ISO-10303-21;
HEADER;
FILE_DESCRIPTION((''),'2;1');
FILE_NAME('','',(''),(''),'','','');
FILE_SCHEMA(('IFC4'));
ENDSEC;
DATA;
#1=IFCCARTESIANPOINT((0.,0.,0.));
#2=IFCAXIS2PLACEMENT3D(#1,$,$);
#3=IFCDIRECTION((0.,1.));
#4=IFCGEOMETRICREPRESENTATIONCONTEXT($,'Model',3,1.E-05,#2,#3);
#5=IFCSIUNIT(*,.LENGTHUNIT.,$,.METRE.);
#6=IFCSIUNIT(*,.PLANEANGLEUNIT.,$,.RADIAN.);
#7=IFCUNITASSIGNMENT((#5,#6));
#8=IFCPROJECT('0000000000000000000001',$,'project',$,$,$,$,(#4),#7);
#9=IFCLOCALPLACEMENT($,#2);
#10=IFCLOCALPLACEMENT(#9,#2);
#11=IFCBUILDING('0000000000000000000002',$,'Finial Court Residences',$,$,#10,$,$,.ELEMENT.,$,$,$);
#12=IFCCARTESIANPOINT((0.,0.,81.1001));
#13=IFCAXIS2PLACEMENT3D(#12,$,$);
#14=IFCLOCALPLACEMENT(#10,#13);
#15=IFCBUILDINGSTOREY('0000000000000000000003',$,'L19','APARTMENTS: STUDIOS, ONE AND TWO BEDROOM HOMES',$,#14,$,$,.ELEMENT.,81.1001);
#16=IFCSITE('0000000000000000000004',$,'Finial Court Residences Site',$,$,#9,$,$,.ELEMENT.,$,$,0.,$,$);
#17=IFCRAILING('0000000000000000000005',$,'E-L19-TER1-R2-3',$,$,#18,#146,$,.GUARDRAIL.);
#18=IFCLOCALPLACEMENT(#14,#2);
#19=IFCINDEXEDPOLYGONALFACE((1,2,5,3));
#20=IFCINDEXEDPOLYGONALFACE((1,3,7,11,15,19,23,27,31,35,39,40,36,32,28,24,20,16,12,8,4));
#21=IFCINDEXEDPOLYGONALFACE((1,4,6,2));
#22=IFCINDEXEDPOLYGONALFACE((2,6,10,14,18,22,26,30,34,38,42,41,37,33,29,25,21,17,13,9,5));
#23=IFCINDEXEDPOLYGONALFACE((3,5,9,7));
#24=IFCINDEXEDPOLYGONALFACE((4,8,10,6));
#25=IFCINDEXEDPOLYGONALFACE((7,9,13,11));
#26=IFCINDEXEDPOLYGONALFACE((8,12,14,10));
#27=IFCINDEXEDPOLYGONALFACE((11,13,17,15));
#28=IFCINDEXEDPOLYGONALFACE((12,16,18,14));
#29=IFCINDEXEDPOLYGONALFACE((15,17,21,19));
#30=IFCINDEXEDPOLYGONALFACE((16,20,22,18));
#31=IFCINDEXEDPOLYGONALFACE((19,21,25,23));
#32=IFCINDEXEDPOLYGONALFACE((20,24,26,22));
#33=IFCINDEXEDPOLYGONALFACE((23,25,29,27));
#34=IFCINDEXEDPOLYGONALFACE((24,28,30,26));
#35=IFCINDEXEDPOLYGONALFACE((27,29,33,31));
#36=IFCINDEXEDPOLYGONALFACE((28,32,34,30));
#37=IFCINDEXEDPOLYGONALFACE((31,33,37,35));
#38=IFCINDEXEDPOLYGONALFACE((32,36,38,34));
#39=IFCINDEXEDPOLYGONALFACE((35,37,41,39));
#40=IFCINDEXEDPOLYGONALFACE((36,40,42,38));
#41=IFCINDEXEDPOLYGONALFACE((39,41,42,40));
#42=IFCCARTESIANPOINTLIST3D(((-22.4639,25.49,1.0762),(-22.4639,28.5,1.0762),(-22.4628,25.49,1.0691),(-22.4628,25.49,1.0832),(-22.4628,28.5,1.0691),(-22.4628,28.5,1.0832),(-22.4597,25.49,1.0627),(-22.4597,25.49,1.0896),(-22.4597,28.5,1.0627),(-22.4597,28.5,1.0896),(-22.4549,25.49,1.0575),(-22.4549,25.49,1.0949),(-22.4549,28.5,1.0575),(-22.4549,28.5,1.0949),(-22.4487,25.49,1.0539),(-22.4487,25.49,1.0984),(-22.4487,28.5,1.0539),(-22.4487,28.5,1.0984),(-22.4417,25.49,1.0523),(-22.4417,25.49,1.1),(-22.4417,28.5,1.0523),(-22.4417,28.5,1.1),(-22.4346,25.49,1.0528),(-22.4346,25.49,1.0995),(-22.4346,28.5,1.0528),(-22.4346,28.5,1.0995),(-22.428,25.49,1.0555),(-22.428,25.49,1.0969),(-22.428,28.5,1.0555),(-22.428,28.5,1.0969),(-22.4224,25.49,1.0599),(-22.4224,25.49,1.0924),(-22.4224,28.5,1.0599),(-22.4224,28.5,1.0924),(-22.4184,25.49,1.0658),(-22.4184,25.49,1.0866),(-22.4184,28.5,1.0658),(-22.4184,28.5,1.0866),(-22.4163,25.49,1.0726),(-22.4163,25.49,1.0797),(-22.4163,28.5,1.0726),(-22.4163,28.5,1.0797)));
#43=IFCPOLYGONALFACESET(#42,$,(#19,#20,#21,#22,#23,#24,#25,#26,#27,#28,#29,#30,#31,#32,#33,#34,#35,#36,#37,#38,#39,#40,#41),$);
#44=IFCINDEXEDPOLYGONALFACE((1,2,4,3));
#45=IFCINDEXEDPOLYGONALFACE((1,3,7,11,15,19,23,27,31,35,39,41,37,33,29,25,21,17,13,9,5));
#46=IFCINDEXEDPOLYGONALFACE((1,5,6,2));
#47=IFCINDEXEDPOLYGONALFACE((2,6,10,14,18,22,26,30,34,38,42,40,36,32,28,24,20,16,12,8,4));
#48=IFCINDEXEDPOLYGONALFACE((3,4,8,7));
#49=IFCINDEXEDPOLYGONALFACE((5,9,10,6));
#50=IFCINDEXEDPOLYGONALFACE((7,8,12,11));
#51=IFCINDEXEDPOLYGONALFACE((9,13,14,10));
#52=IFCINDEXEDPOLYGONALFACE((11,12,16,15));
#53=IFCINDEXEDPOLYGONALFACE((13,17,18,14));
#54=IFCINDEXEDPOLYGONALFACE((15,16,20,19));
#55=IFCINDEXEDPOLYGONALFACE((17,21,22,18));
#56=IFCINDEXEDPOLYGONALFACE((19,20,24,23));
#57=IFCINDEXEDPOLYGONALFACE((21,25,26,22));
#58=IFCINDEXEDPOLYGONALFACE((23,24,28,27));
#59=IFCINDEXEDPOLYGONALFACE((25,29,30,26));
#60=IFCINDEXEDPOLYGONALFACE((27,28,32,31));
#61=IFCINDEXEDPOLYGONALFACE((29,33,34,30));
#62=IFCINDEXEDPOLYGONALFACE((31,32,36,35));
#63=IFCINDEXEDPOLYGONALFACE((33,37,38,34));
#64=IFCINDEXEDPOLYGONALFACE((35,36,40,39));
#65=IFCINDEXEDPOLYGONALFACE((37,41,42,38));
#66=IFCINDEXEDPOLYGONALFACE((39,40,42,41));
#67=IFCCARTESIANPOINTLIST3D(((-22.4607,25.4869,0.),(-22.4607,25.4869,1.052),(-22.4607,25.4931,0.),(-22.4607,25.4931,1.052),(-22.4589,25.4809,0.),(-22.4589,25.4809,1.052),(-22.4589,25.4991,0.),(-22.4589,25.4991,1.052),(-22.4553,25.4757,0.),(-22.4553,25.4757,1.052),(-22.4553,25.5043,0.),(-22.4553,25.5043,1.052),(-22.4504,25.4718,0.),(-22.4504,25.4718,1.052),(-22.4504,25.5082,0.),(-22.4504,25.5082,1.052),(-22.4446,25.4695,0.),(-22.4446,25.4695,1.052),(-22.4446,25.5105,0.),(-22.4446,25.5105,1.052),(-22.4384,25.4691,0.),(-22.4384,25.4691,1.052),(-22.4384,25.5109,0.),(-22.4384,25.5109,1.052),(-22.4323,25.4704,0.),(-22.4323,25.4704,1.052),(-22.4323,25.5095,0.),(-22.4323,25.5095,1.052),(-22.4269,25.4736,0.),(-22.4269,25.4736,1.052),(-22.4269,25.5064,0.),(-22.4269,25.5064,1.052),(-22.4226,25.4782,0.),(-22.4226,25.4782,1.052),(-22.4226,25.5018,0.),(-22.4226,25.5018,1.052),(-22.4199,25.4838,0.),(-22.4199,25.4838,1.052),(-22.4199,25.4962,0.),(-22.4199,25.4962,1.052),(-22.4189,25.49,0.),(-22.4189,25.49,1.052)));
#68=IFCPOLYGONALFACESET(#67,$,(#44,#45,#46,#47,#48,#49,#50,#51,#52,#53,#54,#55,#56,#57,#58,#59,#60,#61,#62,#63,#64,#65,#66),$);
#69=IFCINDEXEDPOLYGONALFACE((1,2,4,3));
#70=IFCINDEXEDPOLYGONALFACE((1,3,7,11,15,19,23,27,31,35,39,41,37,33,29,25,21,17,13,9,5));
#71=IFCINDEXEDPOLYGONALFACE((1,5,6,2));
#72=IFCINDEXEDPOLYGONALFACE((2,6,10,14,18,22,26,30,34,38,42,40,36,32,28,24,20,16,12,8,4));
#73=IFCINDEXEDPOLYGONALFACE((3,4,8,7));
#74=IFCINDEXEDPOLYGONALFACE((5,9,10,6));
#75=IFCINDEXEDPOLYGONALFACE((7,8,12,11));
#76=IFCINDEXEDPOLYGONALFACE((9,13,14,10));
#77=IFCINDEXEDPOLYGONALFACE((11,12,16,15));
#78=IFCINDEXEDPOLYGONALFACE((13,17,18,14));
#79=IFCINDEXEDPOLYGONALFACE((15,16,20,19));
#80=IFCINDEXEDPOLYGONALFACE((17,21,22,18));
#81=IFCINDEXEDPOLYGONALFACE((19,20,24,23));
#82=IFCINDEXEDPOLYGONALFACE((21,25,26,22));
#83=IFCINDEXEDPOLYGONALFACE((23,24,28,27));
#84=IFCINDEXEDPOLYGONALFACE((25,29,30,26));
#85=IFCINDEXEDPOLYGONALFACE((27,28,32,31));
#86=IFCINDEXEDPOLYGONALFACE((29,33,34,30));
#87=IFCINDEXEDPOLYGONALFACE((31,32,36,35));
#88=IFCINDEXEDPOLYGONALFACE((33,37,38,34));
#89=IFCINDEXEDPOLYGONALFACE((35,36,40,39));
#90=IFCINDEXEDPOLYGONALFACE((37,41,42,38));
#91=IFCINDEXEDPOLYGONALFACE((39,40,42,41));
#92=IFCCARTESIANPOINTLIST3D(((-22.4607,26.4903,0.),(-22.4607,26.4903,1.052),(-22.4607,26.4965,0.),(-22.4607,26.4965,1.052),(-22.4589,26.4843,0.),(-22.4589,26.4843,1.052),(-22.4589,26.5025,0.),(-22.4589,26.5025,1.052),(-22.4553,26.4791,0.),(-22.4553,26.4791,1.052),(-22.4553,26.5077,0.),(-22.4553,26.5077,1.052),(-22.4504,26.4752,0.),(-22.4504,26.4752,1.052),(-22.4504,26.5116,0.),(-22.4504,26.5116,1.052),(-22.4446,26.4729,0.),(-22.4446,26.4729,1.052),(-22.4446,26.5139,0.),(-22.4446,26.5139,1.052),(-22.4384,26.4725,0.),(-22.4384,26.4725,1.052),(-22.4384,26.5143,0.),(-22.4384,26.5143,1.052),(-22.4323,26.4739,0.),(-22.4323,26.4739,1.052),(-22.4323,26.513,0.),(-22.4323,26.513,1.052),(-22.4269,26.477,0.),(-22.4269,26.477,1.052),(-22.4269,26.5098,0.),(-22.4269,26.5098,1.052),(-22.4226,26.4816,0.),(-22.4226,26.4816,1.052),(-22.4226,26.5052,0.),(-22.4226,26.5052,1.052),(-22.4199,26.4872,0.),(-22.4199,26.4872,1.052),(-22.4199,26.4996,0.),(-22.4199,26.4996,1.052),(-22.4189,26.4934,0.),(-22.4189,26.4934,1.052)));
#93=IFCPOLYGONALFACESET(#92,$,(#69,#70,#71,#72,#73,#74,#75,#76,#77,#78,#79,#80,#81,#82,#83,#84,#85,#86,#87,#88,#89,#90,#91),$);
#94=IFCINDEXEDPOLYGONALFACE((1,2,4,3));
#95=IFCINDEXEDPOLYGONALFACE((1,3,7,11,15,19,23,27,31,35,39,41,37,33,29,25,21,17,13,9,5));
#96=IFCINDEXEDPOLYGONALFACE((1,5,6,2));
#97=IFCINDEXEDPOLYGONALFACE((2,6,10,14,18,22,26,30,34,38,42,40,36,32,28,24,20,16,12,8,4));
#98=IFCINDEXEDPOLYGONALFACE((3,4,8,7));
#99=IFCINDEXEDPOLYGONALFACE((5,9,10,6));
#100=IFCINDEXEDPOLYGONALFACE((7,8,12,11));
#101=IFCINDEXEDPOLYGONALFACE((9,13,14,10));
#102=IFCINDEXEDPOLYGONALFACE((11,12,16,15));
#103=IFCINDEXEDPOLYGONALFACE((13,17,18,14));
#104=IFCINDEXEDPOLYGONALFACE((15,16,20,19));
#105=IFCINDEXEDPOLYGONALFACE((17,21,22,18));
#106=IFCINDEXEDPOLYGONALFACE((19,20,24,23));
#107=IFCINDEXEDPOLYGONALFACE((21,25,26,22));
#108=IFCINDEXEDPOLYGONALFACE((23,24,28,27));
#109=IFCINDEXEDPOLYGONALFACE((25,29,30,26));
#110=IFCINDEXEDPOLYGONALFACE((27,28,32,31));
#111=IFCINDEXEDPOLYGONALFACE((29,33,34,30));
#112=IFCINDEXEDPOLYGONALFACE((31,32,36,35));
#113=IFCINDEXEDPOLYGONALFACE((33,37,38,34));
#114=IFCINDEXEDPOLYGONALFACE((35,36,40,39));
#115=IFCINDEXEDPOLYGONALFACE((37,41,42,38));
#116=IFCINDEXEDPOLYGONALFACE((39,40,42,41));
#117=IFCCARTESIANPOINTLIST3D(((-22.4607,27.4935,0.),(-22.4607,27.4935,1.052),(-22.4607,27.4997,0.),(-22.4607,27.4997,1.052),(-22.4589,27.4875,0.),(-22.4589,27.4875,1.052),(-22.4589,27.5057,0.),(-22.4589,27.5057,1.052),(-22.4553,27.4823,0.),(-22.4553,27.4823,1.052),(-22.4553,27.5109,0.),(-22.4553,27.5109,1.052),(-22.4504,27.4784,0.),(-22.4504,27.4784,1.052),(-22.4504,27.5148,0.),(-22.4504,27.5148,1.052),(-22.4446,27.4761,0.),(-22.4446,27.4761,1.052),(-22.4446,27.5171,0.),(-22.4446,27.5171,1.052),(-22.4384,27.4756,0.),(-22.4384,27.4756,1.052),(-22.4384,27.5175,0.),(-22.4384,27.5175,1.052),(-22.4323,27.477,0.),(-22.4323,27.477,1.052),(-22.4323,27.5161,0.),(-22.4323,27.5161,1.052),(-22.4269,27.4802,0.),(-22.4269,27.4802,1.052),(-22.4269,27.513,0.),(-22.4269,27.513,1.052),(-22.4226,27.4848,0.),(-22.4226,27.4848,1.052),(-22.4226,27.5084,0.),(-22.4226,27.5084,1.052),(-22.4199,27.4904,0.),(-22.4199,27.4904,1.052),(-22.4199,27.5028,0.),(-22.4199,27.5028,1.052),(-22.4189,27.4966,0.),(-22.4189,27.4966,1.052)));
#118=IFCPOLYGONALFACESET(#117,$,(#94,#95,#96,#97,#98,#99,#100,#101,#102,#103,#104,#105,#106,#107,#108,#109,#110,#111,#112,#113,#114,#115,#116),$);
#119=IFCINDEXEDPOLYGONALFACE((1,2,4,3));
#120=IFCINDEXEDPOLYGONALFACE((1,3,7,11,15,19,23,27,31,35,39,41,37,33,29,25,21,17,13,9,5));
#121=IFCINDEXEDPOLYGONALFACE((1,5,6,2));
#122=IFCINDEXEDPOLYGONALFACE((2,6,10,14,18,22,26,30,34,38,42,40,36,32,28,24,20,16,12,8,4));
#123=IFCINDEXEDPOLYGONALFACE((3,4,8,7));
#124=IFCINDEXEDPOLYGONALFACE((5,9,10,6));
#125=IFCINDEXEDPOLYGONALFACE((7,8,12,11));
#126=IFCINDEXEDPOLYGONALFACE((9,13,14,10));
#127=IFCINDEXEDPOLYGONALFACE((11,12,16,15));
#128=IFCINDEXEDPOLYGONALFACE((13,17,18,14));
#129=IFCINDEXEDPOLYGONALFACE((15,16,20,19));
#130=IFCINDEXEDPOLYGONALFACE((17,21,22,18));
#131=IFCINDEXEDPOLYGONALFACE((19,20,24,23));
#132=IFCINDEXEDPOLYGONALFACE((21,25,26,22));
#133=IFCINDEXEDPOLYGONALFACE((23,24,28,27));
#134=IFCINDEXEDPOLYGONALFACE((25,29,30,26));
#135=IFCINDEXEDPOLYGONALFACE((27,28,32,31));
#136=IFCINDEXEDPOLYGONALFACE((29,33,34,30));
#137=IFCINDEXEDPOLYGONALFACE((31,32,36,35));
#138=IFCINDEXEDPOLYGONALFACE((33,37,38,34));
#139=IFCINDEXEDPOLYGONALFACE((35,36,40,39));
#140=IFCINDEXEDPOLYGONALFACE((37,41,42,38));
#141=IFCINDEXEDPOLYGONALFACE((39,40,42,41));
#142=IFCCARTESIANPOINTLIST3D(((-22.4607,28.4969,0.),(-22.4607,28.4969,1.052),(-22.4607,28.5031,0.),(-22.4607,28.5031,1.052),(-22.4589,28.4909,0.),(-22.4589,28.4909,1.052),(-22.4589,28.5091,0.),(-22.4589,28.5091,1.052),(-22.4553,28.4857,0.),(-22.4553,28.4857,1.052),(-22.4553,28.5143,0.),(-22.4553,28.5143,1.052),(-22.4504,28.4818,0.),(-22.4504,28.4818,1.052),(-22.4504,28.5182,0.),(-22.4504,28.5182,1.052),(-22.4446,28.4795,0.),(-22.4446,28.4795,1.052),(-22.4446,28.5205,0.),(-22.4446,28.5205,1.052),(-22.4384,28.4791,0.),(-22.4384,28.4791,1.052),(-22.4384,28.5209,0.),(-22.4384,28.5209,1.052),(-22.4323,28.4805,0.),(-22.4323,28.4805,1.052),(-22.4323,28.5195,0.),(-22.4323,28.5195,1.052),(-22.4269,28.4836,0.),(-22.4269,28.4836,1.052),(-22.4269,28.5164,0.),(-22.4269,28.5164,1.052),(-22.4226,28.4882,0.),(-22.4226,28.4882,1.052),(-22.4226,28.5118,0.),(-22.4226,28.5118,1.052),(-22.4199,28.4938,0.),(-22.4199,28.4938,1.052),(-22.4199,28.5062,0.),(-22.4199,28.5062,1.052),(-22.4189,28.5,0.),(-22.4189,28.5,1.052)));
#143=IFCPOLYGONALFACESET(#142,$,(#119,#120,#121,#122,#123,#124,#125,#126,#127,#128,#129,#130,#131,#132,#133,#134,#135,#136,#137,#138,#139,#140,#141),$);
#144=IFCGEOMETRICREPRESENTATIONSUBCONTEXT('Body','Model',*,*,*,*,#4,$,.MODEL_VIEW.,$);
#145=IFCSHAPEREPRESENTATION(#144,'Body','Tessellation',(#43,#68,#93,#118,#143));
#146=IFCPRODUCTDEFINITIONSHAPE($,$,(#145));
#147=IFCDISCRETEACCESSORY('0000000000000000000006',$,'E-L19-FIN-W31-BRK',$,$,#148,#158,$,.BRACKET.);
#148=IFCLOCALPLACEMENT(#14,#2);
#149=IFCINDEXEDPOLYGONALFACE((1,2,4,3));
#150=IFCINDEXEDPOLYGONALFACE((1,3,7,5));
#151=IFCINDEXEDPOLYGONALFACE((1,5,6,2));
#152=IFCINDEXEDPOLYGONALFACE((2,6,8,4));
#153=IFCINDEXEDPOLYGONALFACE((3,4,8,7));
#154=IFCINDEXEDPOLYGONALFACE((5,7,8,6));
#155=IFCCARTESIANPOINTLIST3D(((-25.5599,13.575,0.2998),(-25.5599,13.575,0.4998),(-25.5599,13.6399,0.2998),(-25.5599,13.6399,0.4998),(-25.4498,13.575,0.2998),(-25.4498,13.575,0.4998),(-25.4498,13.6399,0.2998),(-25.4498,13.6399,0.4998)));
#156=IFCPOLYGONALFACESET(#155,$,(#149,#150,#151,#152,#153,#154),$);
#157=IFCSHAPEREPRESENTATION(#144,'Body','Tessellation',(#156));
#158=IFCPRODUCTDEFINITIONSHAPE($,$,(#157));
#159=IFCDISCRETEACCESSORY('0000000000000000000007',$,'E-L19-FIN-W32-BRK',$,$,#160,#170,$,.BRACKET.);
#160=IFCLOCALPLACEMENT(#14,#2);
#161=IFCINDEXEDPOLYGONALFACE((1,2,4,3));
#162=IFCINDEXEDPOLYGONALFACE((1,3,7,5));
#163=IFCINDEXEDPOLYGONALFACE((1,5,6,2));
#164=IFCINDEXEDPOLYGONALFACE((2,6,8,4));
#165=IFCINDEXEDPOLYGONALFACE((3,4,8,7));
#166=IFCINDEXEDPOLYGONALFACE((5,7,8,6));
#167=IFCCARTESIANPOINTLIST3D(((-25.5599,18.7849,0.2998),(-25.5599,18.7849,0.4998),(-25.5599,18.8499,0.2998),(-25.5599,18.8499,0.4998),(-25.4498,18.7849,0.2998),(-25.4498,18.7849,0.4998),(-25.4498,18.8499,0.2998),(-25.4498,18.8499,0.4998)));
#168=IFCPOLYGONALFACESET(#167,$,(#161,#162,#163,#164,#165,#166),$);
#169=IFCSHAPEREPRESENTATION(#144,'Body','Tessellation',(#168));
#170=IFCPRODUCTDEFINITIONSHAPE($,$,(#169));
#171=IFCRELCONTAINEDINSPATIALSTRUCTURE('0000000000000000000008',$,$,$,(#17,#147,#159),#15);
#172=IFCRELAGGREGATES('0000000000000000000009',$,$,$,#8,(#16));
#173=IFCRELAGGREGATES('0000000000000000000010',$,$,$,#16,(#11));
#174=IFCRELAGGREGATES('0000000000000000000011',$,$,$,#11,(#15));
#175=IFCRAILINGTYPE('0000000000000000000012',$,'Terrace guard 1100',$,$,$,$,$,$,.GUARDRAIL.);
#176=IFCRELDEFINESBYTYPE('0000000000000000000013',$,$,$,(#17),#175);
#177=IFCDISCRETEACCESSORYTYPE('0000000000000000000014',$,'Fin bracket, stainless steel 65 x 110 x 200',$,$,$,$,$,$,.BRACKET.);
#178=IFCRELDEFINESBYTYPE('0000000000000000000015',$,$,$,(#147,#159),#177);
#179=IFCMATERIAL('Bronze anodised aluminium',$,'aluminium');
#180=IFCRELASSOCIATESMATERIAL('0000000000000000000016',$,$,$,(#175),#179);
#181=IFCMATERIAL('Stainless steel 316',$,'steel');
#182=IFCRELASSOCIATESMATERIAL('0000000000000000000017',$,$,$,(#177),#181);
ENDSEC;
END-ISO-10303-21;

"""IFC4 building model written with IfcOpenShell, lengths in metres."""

from ifc_helpers import new_model, si_unit, direction, frame, origin, origin_2d, place, context, subcontext, project, spatial, rectangle, circle, extrude, material, type_object, element, save


model = new_model("IFC4")

# Units and contexts
model_context = context("Model", 3, precision=1e-05, world=origin(), true_north=direction((0.0, 1.0)))
body_context = subcontext(model_context, "Body", "Model", "MODEL_VIEW")
ifc_project = project(units=[si_unit("LENGTHUNIT", "METRE"), si_unit("PLANEANGLEUNIT", "RADIAN")], contexts=[model_context])

# Site, building, storey
site_placement = place(None, origin())
site = spatial("IfcSite", under=ifc_project, at=site_placement, Name="Finial Court Residences Site", CompositionType="ELEMENT", RefElevation=0.0)
building_placement = place(site_placement, origin())
building = spatial("IfcBuilding", under=site, at=building_placement, Name="Finial Court Residences", CompositionType="ELEMENT")
storey_placement = place(building_placement, frame((0.0, 0.0, 81.1001)))
storey = spatial("IfcBuildingStorey", under=building, at=storey_placement, Name="L19", Description="APARTMENTS: STUDIOS, ONE AND TWO BEDROOM HOMES", CompositionType="ELEMENT", Elevation=81.1001)

# Shared definitions
ifc_material_1 = material(Name="Bronze anodised aluminium", Category="aluminium")

# Railing
railing_type_1 = type_object("IfcRailingType", Name="Terrace guard 1100", PredefinedType="GUARDRAIL", material=ifc_material_1)
railing_1_placement = place(storey_placement, frame((-22.4399, 25.49, 0.0)))
element("IfcRailing", 1, at=railing_1_placement, inside=storey, type_object=railing_type_1, Name="E-L19-TER1-R2-3", PredefinedType="GUARDRAIL", context=body_context, shape_type="SweptSolid", body=[
    extrude(circle(Radius=0.0239, at=origin_2d()), frame((0.0, 0.0, 1.0762), z_axis=(0.0, 1.0, 0.0), x_axis=(-1.0, 0.0, 0.0)), (0.0, 0.0, 1.0), 3.01),
    extrude(circle(Radius=0.021, at=origin_2d()), origin(), (0.0, 0.0, 1.0), 1.052),
    extrude(circle(Radius=0.021, at=origin_2d()), frame((0.0, 1.0034, 0.0)), (0.0, 0.0, 1.0), 1.052),
    extrude(circle(Radius=0.021, at=origin_2d()), frame((0.0, 2.0066, 0.0)), (0.0, 0.0, 1.0), 1.052),
    extrude(circle(Radius=0.021, at=origin_2d()), frame((0.0, 3.01, 0.0)), (0.0, 0.0, 1.0), 1.052),
])

# Discrete accessories
ifc_material_2 = material(Name="Stainless steel 316", Category="steel")
discrete_accessory_type = type_object("IfcDiscreteAccessoryType", Name="Fin bracket, stainless steel 65 x 110 x 200", PredefinedType="BRACKET", material=ifc_material_2)
for number, where, z_axis, x_axis, name in (
    (2, (-25.5049, 13.6074, 0.2998), (0.0, 0.0, 1.0), (1.0, 0.0, 0.0), "E-L19-FIN-W31-BRK"),
    (3, (-25.5049, 18.8174, 0.2998), (0.0, 0.0, 1.0), (1.0, 0.0, 0.0), "E-L19-FIN-W32-BRK"),
):
    element("IfcDiscreteAccessory", number, at=place(storey_placement, frame(where, z_axis=z_axis, x_axis=x_axis)), inside=storey, type_object=discrete_accessory_type, Name=name, PredefinedType="BRACKET", context=body_context, shape_type="SweptSolid", body=[
        extrude(rectangle(XDim=0.1101, YDim=0.0649, at=origin_2d()), origin(), (0.0, 0.0, 1.0), 0.2),
    ])

save(model, "model.ifc")
